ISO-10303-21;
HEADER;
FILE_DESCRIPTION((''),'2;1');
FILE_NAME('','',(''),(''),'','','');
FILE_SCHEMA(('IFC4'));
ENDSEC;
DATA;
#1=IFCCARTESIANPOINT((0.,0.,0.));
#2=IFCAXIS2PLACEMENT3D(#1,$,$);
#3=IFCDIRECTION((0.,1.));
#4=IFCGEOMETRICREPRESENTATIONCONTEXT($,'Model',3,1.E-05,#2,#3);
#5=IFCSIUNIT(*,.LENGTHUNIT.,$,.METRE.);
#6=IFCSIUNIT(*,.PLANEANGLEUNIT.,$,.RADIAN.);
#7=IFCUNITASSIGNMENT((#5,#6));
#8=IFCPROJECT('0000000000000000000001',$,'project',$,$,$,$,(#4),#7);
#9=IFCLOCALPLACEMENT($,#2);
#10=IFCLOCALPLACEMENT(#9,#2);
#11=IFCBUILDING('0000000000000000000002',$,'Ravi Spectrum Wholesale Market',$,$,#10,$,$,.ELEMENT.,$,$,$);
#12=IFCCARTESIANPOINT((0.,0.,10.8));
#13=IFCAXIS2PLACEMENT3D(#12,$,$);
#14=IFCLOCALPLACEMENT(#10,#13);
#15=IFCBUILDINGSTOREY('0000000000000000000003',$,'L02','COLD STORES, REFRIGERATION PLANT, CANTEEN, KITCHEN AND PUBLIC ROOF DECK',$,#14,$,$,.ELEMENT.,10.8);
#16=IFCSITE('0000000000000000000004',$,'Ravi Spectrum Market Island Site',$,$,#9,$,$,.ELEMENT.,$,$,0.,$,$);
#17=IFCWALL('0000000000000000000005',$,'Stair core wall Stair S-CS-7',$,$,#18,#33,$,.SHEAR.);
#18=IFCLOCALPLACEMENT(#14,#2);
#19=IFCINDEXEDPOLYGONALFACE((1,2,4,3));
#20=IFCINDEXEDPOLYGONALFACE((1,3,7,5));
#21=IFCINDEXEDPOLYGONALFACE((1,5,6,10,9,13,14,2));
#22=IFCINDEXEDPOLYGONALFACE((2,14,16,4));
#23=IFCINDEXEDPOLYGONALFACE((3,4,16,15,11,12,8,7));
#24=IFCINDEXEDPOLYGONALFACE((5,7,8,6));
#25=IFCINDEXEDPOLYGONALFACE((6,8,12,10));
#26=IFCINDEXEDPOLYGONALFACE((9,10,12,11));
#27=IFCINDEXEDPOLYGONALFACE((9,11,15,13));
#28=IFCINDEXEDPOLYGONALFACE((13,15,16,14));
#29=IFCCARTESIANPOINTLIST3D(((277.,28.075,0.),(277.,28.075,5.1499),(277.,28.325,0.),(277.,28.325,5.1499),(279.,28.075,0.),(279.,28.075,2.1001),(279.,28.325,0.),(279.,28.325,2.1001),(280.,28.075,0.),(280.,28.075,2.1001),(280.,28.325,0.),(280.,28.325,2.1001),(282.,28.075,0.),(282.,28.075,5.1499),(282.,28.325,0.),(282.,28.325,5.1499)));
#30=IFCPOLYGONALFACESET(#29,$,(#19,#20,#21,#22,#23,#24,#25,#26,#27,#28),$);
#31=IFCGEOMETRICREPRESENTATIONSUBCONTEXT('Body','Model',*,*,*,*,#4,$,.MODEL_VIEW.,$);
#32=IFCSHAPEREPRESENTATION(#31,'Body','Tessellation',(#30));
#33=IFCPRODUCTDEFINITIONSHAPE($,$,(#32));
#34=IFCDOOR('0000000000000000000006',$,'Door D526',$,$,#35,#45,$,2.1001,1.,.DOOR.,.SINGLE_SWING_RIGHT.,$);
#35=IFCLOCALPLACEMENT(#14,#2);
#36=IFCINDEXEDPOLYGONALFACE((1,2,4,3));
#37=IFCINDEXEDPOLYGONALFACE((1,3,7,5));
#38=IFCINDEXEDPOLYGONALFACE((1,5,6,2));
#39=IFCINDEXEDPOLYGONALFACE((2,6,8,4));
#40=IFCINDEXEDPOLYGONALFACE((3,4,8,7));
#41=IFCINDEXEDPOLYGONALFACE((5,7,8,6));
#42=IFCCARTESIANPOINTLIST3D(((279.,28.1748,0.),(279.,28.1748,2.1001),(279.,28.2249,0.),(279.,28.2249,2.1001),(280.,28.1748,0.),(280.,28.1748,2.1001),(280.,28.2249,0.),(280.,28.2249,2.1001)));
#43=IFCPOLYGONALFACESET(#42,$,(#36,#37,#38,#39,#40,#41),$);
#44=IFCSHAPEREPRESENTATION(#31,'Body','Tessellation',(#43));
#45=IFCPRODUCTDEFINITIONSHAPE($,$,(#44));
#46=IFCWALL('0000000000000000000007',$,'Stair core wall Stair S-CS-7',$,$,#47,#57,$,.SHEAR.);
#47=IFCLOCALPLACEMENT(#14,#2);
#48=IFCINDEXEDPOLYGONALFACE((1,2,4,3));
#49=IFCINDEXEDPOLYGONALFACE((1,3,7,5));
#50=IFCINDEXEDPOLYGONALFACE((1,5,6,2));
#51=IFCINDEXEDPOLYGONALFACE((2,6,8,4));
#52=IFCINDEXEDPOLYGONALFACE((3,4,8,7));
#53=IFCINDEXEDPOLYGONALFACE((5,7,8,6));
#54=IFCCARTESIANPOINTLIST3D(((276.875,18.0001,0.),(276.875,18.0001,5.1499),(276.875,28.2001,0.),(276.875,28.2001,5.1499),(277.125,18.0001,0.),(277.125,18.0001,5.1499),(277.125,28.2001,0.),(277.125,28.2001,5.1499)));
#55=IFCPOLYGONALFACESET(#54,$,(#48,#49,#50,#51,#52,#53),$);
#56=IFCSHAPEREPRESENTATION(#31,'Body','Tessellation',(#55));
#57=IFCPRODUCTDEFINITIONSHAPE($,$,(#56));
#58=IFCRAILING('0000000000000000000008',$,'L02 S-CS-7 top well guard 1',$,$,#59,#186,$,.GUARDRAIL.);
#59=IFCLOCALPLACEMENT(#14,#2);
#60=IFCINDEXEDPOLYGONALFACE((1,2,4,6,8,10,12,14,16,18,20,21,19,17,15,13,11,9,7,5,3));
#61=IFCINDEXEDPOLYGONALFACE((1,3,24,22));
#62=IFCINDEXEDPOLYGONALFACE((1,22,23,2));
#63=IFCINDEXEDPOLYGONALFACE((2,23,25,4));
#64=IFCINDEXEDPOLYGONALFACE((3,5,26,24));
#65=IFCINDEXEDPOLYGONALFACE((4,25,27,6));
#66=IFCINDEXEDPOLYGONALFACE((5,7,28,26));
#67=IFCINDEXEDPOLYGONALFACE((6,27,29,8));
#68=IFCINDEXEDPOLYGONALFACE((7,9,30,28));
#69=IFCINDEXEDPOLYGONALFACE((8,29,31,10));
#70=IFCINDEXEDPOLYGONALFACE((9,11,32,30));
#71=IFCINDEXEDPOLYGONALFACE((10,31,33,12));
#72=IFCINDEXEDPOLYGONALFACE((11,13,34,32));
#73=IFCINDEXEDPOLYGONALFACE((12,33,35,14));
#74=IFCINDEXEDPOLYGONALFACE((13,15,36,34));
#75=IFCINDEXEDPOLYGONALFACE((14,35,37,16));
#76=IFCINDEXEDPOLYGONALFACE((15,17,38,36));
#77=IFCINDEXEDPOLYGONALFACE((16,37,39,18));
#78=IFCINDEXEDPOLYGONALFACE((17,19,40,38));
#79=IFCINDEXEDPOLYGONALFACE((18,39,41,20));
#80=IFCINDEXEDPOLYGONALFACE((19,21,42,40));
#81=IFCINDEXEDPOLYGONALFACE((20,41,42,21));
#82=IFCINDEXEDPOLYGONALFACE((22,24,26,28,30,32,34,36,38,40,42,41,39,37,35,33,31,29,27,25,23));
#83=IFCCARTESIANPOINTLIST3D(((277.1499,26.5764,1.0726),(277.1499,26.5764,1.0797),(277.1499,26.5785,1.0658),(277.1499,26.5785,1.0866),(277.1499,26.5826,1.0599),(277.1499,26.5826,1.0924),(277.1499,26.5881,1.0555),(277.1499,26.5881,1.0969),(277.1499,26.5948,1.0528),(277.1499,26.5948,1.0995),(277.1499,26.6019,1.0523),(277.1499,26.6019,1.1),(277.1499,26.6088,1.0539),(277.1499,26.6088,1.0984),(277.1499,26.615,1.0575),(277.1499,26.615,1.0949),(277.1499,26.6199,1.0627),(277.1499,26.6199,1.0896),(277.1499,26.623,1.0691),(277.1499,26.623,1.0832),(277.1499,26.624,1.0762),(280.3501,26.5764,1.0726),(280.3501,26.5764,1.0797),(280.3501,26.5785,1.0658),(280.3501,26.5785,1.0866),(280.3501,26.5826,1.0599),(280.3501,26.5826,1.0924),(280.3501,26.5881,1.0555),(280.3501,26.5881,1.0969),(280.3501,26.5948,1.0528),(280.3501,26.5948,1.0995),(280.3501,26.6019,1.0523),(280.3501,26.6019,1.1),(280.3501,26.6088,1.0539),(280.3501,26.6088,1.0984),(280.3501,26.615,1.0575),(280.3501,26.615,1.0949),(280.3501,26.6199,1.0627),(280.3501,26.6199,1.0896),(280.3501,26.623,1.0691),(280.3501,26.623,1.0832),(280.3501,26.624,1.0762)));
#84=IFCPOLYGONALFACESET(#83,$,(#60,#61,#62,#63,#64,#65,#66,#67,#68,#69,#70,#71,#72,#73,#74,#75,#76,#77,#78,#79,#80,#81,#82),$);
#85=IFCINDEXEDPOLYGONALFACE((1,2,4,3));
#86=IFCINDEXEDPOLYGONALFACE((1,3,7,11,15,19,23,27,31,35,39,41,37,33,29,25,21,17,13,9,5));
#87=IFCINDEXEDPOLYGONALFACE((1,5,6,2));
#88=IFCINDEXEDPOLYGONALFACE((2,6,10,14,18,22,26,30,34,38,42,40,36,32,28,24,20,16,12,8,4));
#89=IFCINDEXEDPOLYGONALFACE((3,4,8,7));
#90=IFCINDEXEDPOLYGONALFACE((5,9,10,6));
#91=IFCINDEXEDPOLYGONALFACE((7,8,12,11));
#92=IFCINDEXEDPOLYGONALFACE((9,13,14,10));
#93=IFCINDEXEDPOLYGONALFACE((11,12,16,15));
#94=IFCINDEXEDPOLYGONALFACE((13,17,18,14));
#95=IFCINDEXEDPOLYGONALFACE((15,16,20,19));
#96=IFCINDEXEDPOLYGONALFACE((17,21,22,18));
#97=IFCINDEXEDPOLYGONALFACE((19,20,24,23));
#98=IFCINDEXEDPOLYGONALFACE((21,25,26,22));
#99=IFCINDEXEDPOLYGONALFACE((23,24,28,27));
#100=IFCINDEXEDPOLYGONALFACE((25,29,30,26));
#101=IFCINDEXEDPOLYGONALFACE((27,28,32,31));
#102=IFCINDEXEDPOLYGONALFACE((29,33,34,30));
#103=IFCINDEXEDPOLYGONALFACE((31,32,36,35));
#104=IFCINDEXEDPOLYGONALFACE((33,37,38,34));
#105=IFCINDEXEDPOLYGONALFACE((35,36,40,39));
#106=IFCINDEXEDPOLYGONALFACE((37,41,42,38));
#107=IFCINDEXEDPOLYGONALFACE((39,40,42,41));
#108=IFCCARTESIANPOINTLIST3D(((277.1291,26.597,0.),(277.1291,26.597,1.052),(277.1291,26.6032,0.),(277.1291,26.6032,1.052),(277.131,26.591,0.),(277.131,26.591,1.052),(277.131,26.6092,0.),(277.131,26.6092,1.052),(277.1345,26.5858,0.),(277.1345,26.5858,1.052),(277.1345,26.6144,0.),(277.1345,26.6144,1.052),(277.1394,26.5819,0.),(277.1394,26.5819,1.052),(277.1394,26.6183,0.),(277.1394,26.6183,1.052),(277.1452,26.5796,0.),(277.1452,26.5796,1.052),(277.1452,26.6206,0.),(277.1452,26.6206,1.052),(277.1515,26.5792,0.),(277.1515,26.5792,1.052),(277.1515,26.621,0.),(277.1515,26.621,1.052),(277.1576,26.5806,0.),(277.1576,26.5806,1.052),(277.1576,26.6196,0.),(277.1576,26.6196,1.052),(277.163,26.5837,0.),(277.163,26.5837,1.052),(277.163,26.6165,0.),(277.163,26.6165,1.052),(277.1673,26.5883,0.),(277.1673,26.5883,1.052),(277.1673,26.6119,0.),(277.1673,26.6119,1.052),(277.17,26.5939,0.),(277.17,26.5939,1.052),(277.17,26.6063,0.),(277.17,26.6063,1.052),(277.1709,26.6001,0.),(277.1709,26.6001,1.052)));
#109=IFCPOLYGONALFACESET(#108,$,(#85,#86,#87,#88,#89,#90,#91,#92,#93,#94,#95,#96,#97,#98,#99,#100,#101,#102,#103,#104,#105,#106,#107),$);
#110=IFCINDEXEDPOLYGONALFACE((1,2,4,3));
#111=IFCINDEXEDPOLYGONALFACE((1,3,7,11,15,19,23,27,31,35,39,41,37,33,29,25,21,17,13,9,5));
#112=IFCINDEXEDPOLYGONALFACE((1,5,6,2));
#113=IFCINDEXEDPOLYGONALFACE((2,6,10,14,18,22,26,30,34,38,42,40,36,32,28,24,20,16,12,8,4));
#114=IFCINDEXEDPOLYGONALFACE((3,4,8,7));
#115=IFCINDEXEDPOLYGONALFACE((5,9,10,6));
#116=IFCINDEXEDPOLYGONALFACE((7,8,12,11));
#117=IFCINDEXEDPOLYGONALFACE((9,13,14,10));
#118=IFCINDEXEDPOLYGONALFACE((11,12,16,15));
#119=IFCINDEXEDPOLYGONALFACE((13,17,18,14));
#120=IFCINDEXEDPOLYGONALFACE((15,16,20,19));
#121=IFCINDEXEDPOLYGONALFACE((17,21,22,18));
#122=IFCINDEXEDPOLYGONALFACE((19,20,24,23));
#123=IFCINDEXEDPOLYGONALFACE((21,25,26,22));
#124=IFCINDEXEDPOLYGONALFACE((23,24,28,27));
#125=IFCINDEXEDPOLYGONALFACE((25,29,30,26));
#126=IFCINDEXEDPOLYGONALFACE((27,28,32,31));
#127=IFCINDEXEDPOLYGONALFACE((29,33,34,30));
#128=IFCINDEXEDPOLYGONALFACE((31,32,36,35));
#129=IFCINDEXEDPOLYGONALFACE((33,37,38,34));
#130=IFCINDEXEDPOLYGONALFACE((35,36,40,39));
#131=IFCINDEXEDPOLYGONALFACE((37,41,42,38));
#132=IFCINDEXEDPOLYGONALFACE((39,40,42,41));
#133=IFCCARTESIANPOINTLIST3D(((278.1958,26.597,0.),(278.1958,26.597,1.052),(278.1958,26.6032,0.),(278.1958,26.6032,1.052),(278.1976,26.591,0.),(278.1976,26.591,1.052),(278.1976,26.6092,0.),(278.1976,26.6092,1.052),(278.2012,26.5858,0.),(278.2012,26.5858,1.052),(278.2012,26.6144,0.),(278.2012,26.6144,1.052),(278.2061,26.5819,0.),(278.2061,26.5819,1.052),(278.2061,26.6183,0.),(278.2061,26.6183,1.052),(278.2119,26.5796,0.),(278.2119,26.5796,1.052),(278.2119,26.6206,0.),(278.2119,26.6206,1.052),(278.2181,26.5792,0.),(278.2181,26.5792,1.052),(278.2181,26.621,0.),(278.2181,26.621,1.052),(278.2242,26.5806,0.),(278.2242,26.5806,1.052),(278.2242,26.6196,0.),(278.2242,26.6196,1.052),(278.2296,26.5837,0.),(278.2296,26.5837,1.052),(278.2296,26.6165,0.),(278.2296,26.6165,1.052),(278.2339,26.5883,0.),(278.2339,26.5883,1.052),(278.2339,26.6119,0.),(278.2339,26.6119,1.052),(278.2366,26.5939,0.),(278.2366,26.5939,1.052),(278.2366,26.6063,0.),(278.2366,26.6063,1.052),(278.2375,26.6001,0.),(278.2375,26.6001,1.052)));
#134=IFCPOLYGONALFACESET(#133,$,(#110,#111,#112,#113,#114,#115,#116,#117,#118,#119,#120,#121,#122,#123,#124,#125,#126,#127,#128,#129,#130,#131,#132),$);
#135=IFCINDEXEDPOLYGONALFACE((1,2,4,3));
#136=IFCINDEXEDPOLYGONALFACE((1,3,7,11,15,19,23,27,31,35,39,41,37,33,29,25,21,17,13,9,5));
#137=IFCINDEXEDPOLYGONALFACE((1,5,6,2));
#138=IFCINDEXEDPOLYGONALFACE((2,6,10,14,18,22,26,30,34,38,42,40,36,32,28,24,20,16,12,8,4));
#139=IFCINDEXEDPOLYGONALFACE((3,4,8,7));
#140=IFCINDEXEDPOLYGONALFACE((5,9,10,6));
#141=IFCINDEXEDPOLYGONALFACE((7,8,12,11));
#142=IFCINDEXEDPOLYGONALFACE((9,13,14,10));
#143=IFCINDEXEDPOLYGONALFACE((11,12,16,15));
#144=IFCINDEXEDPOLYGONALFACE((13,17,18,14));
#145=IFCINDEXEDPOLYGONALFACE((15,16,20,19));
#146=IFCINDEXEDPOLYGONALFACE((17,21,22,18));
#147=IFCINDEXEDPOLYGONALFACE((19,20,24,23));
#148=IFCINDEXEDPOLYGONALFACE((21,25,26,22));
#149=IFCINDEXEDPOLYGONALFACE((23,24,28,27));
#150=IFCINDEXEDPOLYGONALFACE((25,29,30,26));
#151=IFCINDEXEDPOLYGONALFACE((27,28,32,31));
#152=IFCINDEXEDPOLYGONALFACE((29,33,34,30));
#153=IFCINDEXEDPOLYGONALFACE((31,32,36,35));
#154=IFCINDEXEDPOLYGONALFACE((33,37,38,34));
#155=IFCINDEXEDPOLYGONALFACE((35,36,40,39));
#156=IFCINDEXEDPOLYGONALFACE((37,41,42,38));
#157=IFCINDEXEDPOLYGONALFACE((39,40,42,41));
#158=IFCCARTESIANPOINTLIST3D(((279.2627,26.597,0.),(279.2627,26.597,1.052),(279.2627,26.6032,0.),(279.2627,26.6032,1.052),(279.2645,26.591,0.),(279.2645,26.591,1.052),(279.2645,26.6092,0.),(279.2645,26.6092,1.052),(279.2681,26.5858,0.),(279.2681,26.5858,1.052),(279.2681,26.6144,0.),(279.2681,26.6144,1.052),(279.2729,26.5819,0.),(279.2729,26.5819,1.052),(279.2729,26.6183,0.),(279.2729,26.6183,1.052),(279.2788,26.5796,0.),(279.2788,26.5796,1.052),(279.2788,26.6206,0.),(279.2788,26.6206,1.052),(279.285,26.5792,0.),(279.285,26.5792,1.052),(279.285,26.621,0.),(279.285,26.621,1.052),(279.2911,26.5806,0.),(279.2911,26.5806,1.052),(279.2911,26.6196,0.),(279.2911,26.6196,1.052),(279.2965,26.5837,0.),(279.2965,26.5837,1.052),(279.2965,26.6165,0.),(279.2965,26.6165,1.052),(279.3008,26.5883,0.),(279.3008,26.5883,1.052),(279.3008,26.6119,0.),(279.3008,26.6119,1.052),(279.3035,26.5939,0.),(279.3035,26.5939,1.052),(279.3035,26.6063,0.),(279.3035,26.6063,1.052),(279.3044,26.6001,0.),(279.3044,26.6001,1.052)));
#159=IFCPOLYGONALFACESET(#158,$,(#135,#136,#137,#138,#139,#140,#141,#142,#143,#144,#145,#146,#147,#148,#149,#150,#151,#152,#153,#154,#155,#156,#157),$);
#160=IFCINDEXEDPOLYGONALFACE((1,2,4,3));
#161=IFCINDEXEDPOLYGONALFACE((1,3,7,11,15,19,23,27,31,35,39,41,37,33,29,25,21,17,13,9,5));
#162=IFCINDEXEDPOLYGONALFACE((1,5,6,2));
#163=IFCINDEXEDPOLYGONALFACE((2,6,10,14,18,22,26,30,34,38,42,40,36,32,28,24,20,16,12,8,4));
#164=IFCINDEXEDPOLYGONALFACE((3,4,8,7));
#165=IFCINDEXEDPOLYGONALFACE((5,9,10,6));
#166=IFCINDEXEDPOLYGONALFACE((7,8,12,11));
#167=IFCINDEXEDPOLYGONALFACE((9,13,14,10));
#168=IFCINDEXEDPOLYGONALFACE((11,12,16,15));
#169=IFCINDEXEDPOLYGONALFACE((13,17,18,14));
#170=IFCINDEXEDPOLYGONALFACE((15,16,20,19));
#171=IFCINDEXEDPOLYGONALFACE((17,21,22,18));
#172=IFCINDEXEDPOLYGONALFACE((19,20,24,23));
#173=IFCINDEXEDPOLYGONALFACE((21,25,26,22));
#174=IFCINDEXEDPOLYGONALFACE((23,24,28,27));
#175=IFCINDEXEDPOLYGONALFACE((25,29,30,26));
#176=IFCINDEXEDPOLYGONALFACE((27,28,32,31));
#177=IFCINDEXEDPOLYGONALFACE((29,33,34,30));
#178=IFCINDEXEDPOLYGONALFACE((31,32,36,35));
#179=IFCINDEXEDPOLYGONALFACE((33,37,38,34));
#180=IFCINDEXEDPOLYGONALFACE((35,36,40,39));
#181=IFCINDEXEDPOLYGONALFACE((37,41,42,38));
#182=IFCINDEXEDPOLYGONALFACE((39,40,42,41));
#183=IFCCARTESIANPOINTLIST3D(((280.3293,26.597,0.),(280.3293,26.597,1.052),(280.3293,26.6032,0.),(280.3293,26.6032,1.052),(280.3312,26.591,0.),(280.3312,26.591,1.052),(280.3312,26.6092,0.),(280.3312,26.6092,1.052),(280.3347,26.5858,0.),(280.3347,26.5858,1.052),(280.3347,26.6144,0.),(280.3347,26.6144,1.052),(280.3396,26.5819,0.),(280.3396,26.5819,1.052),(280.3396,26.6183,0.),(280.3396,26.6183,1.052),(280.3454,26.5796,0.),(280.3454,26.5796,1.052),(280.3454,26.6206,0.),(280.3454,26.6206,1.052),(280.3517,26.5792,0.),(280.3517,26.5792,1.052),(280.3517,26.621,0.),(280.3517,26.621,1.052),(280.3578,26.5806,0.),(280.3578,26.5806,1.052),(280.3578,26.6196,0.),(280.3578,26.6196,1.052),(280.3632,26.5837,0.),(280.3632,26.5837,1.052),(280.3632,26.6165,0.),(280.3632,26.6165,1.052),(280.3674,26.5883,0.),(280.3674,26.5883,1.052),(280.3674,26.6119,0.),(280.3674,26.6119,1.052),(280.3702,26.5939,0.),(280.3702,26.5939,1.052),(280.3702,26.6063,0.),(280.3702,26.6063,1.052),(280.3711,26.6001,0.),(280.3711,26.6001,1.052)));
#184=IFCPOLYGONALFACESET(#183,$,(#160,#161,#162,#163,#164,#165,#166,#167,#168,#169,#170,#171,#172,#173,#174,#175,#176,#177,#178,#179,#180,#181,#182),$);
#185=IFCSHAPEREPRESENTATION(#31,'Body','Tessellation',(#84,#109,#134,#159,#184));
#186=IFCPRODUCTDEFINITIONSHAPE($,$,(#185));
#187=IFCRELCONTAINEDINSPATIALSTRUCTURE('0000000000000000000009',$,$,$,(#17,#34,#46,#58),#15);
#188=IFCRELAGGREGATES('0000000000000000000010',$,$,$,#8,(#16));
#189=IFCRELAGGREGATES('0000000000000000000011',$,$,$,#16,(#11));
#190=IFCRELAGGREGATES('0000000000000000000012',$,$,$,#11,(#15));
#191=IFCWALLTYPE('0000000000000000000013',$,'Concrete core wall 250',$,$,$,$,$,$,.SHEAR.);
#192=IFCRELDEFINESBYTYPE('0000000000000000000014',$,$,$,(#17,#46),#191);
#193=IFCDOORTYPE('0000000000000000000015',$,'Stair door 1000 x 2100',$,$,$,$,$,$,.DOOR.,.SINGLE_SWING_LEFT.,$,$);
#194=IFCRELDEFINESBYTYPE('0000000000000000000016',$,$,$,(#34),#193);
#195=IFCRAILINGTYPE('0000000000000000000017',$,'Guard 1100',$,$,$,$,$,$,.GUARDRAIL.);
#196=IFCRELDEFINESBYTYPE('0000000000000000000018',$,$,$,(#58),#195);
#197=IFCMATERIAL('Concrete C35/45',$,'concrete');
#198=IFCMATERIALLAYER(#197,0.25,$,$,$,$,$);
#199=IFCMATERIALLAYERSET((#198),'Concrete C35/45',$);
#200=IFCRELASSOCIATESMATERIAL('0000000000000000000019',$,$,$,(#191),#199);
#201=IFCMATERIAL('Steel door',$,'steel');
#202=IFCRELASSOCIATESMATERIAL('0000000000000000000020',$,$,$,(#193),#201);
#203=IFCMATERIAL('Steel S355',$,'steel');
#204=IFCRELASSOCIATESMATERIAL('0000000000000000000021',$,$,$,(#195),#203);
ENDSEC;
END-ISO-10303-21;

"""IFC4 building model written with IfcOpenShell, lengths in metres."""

from ifc_helpers import new_model, si_unit, direction, frame, frame_2d, origin, origin_2d, place, context, subcontext, project, spatial, rectangle, circle, extrude, material, layer, layer_set, type_object, element, fill, save


model = new_model("IFC4")

# Units and contexts
model_context = context("Model", 3, precision=1e-05, world=origin(), true_north=direction((0.0, 1.0)))
body_context = subcontext(model_context, "Body", "Model", "MODEL_VIEW")
ifc_project = project(units=[si_unit("LENGTHUNIT", "METRE"), si_unit("PLANEANGLEUNIT", "RADIAN")], contexts=[model_context])

# Site, building, storey
site_placement = place(None, origin())
site = spatial("IfcSite", under=ifc_project, at=site_placement, Name="Ravi Spectrum Market Island Site", CompositionType="ELEMENT", RefElevation=0.0)
building_placement = place(site_placement, origin())
building = spatial("IfcBuilding", under=site, at=building_placement, Name="Ravi Spectrum Wholesale Market", CompositionType="ELEMENT")
storey_placement = place(building_placement, frame((0.0, 0.0, 10.8)))
storey = spatial("IfcBuildingStorey", under=building, at=storey_placement, Name="L02", Description="COLD STORES, REFRIGERATION PLANT, CANTEEN, KITCHEN AND PUBLIC ROOF DECK", CompositionType="ELEMENT", Elevation=10.8)

# Shared definitions
ifc_material_1 = material(Name="Concrete C35/45", Category="concrete")
ifc_layer_1 = layer(ifc_material_1, 0.25)
ifc_layer_set_1 = layer_set([ifc_layer_1], Name="Concrete C35/45")
wall_type_1 = type_object("IfcWallType", Name="Concrete core wall 250", PredefinedType="SHEAR", material=ifc_layer_set_1)

# Wall, opening, door
wall_1_placement = place(storey_placement, frame((277.0, 28.2, 0.0), z_axis=(0.0, 0.0, 1.0), x_axis=(1.0, 0.0, 0.0)))
wall_1 = element("IfcWall", 1, at=wall_1_placement, inside=storey, type_object=wall_type_1, Name="Stair core wall Stair S-CS-7", PredefinedType="SHEAR", context=body_context, shape_type="SweptSolid", body=[
    extrude(rectangle(XDim=5.0, YDim=0.25, at=frame_2d((2.5, 0.0))), origin(), (0.0, 0.0, 1.0), 5.1499),
])
opening_1_placement = place(wall_1_placement, frame((2.0, 0.0, 0.0)))
opening_1 = element("IfcOpeningElement", 2, at=opening_1_placement, cuts=wall_1, PredefinedType="OPENING", context=body_context, shape_type="SweptSolid", body=[
    extrude(rectangle(XDim=1.0, YDim=2.1001, at=frame_2d((0.5, 1.05))), frame((0.0, 0.135, 0.0), z_axis=(0.0, -1.0, 0.0), x_axis=(1.0, 0.0, 0.0)), (0.0, 0.0, 1.0), 0.27),
])
ifc_material_2 = material(Name="Steel door", Category="steel")
door_type = type_object("IfcDoorType", Name="Stair door 1000 x 2100", OperationType="SINGLE_SWING_LEFT", PredefinedType="DOOR", material=ifc_material_2)
door_placement = place(opening_1_placement, origin())
door = element("IfcDoor", 3, at=door_placement, inside=storey, type_object=door_type, Name="Door D526", OperationType="SINGLE_SWING_RIGHT", OverallHeight=2.1001, OverallWidth=1.0, PredefinedType="DOOR", context=body_context, shape_type="SweptSolid", body=[
    extrude(rectangle(XDim=1.0, YDim=2.1001, at=frame_2d((0.5, 1.05))), frame((0.0, 0.0249, 0.0), z_axis=(0.0, -1.0, 0.0), x_axis=(1.0, 0.0, 0.0)), (0.0, 0.0, 1.0), 0.05),
])
fill(opening_1, door)

# Wall
wall_2_placement = place(storey_placement, frame((277.0, 18.0, 0.0), z_axis=(0.0, 0.0, 1.0), x_axis=(0.0, 1.0, 0.0)))
element("IfcWall", 4, at=wall_2_placement, inside=storey, type_object=wall_type_1, Name="Stair core wall Stair S-CS-7", PredefinedType="SHEAR", context=body_context, shape_type="SweptSolid", body=[
    extrude(rectangle(XDim=10.2, YDim=0.25, at=frame_2d((5.1001, 0.0))), origin(), (0.0, 0.0, 1.0), 5.1499),
])

# Railing
ifc_material_3 = material(Name="Steel S355", Category="steel")
railing_type = type_object("IfcRailingType", Name="Guard 1100", PredefinedType="GUARDRAIL", material=ifc_material_3)
railing_placement = place(storey_placement, frame((277.1499, 26.6001, 0.0)))
element("IfcRailing", 5, at=railing_placement, inside=storey, type_object=railing_type, Name="L02 S-CS-7 top well guard 1", PredefinedType="GUARDRAIL", context=body_context, shape_type="SweptSolid", body=[
    extrude(circle(Radius=0.0239, at=origin_2d()), frame((0.0, 0.0, 1.0762), z_axis=(1.0, 0.0, 0.0), x_axis=(0.0, 1.0, 0.0)), (0.0, 0.0, 1.0), 3.2002),
    extrude(circle(Radius=0.021, at=origin_2d()), origin(), (0.0, 0.0, 1.0), 1.052),
    extrude(circle(Radius=0.021, at=origin_2d()), frame((1.0667, 0.0, 0.0)), (0.0, 0.0, 1.0), 1.052),
    extrude(circle(Radius=0.021, at=origin_2d()), frame((2.1335, 0.0, 0.0)), (0.0, 0.0, 1.0), 1.052),
    extrude(circle(Radius=0.021, at=origin_2d()), frame((3.2002, 0.0, 0.0)), (0.0, 0.0, 1.0), 1.052),
])

save(model, "model.ifc")
